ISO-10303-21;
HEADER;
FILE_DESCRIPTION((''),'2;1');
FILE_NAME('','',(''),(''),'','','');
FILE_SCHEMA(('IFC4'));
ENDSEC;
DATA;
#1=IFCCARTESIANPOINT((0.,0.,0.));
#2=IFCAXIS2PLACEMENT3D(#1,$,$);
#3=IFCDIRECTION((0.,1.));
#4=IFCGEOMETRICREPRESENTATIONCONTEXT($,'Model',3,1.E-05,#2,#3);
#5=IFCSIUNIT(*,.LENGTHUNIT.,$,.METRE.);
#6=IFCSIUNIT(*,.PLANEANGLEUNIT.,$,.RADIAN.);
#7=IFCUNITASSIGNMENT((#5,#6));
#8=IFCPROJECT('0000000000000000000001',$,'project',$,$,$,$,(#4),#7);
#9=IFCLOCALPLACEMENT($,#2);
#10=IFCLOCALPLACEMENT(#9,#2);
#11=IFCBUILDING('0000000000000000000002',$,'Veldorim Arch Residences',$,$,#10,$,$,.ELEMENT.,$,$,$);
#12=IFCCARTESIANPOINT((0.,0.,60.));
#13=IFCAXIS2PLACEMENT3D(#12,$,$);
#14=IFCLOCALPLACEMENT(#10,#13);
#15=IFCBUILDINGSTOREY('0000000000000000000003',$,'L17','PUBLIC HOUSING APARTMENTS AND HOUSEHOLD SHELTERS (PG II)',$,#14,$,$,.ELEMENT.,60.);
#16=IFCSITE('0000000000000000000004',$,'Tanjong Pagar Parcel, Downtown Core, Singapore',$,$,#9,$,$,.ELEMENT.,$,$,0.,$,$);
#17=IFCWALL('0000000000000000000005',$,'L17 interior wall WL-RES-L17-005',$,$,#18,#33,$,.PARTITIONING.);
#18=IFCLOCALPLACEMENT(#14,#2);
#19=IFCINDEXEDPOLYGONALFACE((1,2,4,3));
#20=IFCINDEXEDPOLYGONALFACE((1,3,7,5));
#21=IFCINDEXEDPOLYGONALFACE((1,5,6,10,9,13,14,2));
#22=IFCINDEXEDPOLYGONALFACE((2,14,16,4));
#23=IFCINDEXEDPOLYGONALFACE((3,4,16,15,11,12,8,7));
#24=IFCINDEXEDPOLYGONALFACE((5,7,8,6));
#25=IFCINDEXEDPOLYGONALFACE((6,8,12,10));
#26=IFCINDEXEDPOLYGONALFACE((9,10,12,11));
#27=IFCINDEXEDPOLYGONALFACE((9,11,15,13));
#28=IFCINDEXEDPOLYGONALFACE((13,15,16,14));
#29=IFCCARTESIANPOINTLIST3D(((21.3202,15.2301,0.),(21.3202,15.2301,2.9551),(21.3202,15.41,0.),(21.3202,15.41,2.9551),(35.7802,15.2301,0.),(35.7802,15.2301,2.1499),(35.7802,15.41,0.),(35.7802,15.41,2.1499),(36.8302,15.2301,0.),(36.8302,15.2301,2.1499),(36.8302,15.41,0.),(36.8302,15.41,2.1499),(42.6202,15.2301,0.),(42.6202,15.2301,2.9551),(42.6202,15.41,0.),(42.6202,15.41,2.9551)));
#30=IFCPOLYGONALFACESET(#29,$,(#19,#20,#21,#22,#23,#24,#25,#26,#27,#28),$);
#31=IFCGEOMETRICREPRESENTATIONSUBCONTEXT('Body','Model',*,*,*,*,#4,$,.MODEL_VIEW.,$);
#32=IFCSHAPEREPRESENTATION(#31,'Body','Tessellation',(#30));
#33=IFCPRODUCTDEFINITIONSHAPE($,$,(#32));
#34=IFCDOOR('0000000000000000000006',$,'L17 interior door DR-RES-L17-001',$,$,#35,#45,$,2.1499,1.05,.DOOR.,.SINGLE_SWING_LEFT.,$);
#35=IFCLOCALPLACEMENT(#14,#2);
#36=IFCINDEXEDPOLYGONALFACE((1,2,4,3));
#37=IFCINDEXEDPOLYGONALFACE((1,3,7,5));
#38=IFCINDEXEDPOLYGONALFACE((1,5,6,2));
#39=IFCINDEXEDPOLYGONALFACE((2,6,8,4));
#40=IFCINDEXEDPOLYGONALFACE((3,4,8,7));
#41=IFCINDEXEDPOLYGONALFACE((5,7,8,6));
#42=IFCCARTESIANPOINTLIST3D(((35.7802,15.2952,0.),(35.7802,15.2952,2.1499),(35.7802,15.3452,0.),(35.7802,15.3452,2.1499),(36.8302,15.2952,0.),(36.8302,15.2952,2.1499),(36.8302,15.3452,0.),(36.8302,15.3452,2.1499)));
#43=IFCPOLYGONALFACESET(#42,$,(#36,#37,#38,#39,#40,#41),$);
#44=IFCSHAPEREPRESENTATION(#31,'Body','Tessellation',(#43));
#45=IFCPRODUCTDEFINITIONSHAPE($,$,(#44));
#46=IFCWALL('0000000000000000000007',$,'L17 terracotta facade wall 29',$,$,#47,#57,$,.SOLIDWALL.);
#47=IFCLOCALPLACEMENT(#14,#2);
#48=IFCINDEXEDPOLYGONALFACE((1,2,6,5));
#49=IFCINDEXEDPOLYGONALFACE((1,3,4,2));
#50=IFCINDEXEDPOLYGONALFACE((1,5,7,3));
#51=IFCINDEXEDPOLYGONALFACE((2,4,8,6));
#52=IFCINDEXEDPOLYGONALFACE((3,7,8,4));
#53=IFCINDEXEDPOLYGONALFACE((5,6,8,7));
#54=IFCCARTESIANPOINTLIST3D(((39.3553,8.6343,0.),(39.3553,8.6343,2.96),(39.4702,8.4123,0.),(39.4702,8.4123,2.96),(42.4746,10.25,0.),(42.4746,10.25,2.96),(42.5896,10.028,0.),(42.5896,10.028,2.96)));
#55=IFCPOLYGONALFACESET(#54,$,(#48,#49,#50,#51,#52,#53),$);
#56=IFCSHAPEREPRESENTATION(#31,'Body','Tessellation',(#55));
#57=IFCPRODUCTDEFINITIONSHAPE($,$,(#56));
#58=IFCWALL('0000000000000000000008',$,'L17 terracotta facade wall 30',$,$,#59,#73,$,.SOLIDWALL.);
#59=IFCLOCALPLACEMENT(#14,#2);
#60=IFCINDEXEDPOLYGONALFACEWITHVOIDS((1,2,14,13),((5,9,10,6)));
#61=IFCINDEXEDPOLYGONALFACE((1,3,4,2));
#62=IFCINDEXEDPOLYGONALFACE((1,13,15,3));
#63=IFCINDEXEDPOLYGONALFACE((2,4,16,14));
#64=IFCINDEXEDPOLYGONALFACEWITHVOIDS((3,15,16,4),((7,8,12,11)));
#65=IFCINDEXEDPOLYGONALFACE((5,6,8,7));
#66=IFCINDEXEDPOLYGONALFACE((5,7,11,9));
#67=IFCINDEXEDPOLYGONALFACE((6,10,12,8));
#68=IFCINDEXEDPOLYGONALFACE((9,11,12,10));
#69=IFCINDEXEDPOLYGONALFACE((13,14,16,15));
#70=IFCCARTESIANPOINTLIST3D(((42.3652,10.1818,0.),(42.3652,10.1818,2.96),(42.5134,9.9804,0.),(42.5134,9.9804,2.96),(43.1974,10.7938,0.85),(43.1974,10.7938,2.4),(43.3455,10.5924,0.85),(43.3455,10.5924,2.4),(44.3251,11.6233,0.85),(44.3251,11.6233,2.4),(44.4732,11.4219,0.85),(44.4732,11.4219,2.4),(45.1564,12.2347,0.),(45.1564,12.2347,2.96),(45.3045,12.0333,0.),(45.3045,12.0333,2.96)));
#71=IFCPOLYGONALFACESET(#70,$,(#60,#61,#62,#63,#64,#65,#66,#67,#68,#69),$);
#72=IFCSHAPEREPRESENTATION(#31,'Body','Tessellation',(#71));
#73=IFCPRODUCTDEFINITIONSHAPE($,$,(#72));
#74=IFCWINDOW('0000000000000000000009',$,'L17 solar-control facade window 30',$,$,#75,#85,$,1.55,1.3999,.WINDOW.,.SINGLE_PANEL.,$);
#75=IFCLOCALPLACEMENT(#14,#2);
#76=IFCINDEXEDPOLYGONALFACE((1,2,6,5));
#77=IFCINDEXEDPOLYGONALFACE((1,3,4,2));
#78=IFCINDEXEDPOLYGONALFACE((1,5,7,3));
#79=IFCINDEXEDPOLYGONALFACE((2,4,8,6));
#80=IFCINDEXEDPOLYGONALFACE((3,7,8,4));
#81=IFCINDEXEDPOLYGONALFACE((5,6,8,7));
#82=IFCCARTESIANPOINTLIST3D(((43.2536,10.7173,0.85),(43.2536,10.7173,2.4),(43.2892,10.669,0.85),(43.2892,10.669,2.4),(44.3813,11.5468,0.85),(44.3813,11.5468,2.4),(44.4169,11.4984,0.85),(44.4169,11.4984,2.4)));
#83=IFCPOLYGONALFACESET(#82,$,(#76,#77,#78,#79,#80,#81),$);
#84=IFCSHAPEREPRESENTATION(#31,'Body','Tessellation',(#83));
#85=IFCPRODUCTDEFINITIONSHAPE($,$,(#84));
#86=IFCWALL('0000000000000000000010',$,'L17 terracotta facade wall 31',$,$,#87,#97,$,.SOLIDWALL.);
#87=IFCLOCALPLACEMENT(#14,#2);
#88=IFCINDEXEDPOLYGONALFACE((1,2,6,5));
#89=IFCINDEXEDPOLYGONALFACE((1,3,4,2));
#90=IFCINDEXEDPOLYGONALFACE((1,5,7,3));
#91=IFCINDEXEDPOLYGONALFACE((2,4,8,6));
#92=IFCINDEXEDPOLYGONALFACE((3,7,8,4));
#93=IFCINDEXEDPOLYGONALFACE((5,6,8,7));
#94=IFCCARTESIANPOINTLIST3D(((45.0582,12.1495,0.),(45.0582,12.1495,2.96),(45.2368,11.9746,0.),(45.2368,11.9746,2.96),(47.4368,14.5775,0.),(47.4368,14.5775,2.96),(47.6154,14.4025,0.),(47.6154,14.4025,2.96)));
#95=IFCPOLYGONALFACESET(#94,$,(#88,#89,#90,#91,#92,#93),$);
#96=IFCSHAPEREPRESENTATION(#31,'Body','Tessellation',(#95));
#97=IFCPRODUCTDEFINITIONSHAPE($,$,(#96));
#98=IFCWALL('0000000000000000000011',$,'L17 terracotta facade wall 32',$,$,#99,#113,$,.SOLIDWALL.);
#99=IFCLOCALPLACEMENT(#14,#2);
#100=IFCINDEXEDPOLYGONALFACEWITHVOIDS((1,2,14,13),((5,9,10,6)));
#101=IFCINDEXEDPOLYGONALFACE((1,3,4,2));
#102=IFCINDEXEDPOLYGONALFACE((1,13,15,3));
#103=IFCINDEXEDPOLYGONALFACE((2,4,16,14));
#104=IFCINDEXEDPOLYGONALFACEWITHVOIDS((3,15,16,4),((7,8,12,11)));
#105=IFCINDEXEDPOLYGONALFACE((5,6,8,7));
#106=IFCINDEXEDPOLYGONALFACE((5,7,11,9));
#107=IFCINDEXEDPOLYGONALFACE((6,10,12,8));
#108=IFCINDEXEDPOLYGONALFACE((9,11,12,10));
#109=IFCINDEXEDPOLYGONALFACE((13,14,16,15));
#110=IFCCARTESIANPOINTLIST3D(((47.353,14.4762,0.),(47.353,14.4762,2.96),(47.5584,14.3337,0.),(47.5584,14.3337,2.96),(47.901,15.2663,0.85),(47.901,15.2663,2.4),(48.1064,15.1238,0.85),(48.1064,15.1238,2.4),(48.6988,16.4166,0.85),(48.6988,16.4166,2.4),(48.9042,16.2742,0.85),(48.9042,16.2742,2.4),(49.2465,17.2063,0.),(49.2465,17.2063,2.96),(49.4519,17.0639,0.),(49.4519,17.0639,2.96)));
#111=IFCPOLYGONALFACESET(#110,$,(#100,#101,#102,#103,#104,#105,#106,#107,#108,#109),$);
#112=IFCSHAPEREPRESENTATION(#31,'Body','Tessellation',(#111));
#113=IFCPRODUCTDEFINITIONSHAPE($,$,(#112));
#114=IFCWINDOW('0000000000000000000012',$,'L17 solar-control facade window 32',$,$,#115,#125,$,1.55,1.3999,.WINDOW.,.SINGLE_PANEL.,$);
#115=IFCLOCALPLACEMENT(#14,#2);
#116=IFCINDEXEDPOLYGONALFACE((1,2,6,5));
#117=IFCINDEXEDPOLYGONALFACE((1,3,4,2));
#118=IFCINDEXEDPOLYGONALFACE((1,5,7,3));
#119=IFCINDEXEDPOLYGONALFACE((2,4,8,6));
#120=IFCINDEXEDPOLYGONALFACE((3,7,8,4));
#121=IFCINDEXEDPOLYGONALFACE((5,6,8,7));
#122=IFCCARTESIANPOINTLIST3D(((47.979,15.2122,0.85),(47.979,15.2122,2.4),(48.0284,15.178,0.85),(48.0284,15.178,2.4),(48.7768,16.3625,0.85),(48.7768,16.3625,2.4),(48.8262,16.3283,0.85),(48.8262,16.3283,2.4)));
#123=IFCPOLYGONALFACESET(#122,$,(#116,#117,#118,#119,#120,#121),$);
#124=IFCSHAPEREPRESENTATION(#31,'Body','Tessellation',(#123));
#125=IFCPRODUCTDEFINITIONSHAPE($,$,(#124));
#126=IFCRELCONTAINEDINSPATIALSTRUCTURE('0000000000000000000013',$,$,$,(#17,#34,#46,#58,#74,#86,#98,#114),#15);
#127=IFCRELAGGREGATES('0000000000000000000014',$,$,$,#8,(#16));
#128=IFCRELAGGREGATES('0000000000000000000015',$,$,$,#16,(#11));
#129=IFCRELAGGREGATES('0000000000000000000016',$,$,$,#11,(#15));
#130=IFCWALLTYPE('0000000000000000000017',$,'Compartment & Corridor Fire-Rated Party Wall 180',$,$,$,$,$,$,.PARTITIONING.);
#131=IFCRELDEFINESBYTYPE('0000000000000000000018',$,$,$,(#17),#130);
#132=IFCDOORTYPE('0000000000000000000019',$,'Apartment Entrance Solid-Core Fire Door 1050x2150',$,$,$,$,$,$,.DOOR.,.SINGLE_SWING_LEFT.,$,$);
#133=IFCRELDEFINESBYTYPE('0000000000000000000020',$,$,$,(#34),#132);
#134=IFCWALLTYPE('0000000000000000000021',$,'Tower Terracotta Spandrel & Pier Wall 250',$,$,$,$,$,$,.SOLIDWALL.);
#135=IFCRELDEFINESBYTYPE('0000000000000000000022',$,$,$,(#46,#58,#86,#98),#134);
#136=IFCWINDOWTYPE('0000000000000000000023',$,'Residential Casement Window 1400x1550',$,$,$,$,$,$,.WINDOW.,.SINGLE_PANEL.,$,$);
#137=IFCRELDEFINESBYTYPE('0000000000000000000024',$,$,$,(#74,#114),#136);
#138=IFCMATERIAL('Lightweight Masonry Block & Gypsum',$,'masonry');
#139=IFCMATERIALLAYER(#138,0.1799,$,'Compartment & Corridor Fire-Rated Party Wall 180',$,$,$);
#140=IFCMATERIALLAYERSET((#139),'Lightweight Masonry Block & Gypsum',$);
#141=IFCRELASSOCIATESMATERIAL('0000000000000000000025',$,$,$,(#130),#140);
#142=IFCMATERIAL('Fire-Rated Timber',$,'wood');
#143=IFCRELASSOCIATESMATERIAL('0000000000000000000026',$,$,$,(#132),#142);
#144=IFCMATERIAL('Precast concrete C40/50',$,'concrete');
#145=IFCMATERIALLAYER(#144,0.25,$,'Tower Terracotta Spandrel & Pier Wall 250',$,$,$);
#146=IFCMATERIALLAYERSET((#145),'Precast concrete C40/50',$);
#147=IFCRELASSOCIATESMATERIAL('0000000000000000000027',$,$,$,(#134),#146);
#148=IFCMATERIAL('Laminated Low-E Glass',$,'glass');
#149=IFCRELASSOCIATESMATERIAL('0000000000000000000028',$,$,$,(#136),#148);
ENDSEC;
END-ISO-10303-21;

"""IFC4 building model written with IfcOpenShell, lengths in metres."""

from ifc_helpers import new_model, si_unit, direction, frame, frame_2d, origin, place, context, subcontext, project, spatial, rectangle, extrude, material, layer, layer_set, type_object, element, fill, save


model = new_model("IFC4")

# Units and contexts
model_context = context("Model", 3, precision=1e-05, world=origin(), true_north=direction((0.0, 1.0)))
body_context = subcontext(model_context, "Body", "Model", "MODEL_VIEW")
ifc_project = project(units=[si_unit("LENGTHUNIT", "METRE"), si_unit("PLANEANGLEUNIT", "RADIAN")], contexts=[model_context])

# Site, building, storey
site_placement = place(None, origin())
site = spatial("IfcSite", under=ifc_project, at=site_placement, Name="Tanjong Pagar Parcel, Downtown Core, Singapore", CompositionType="ELEMENT", RefElevation=0.0)
building_placement = place(site_placement, origin())
building = spatial("IfcBuilding", under=site, at=building_placement, Name="Veldorim Arch Residences", CompositionType="ELEMENT")
storey_placement = place(building_placement, frame((0.0, 0.0, 60.0)))
storey = spatial("IfcBuildingStorey", under=building, at=storey_placement, Name="L17", Description="PUBLIC HOUSING APARTMENTS AND HOUSEHOLD SHELTERS (PG II)", CompositionType="ELEMENT", Elevation=60.0)

# Shared definitions
ifc_material_1 = material(Name="Lightweight Masonry Block & Gypsum", Category="masonry")
ifc_layer_1 = layer(ifc_material_1, 0.1799, Name="Compartment & Corridor Fire-Rated Party Wall 180")
ifc_layer_set_1 = layer_set([ifc_layer_1], Name="Lightweight Masonry Block & Gypsum")
wall_type_1 = type_object("IfcWallType", Name="Compartment & Corridor Fire-Rated Party Wall 180", PredefinedType="PARTITIONING", material=ifc_layer_set_1)

# Wall, opening, door
wall_1_placement = place(storey_placement, frame((42.6201, 15.3201, 0.0), z_axis=(0.0, 0.0, 1.0), x_axis=(-1.0, 0.0, 0.0)))
wall_1 = element("IfcWall", 1, at=wall_1_placement, inside=storey, type_object=wall_type_1, Name="L17 interior wall WL-RES-L17-005", PredefinedType="PARTITIONING", context=body_context, shape_type="SweptSolid", body=[
    extrude(rectangle(XDim=21.3, YDim=0.1799, at=frame_2d((10.6499, 0.0))), origin(), (0.0, 0.0, 1.0), 2.9551),
])
opening_1_placement = place(wall_1_placement, frame((5.79, 0.0, 0.0)))
opening_1 = element("IfcOpeningElement", 2, at=opening_1_placement, cuts=wall_1, PredefinedType="OPENING", context=body_context, shape_type="SweptSolid", body=[
    extrude(rectangle(XDim=1.05, YDim=2.1499, at=frame_2d((0.5249, 1.075))), frame((0.0, 0.0999, 0.0), z_axis=(0.0, -1.0, 0.0), x_axis=(1.0, 0.0, 0.0)), (0.0, 0.0, 1.0), 0.2),
])
ifc_material_2 = material(Name="Fire-Rated Timber", Category="wood")
door_type = type_object("IfcDoorType", Name="Apartment Entrance Solid-Core Fire Door 1050x2150", OperationType="SINGLE_SWING_LEFT", PredefinedType="DOOR", material=ifc_material_2)
door_placement = place(opening_1_placement, origin())
door = element("IfcDoor", 3, at=door_placement, inside=storey, type_object=door_type, Name="L17 interior door DR-RES-L17-001", OperationType="SINGLE_SWING_LEFT", OverallHeight=2.1499, OverallWidth=1.05, PredefinedType="DOOR", context=body_context, shape_type="SweptSolid", body=[
    extrude(rectangle(XDim=1.05, YDim=2.1499, at=frame_2d((0.5249, 1.075))), frame((0.0, 0.0249, 0.0), z_axis=(0.0, -1.0, 0.0), x_axis=(1.0, 0.0, 0.0)), (0.0, 0.0, 1.0), 0.05),
])
fill(opening_1, door)

# Wall
ifc_material_3 = material(Name="Precast concrete C40/50", Category="concrete")
ifc_layer_2 = layer(ifc_material_3, 0.25, Name="Tower Terracotta Spandrel & Pier Wall 250")
ifc_layer_set_2 = layer_set([ifc_layer_2], Name="Precast concrete C40/50")
wall_type_2 = type_object("IfcWallType", Name="Tower Terracotta Spandrel & Pier Wall 250", PredefinedType="SOLIDWALL", material=ifc_layer_set_2)
wall_2_placement = place(storey_placement, frame((42.532, 10.1389, 0.0), z_axis=(0.0, 0.0, 1.0), x_axis=(-0.887956, -0.459928, 0.0)))
element("IfcWall", 4, at=wall_2_placement, inside=storey, type_object=wall_type_2, Name="L17 terracotta facade wall 29", PredefinedType="SOLIDWALL", context=body_context, shape_type="SweptSolid", body=[
    extrude(rectangle(XDim=3.5129, YDim=0.25, at=frame_2d((1.7563, 0.0))), origin(), (0.0, 0.0, 1.0), 2.96),
])

# Wall, opening, window
wall_3_placement = place(storey_placement, frame((45.2305, 12.134, 0.0), z_axis=(0.0, 0.0, 1.0), x_axis=(-0.805571, -0.592499, 0.0)))
wall_3 = element("IfcWall", 5, at=wall_3_placement, inside=storey, type_object=wall_type_2, Name="L17 terracotta facade wall 30", PredefinedType="SOLIDWALL", context=body_context, shape_type="SweptSolid", body=[
    extrude(rectangle(XDim=3.4648, YDim=0.25, at=frame_2d((1.7324, 0.0))), origin(), (0.0, 0.0, 1.0), 2.96),
])
opening_2_placement = place(wall_3_placement, frame((1.032, 0.0, 0.8501)))
opening_2 = element("IfcOpeningElement", 6, at=opening_2_placement, cuts=wall_3, PredefinedType="OPENING", context=body_context, shape_type="SweptSolid", body=[
    extrude(rectangle(XDim=1.3999, YDim=1.55, at=frame_2d((0.7, 0.7749))), frame((0.0, 0.135, 0.0), z_axis=(0.0, -1.0, 0.0), x_axis=(1.0, 0.0, 0.0)), (0.0, 0.0, 1.0), 0.27),
])
ifc_material_4 = material(Name="Laminated Low-E Glass", Category="glass")
window_type = type_object("IfcWindowType", Name="Residential Casement Window 1400x1550", PartitioningType="SINGLE_PANEL", PredefinedType="WINDOW", material=ifc_material_4)
window_1_placement = place(opening_2_placement, origin())
window_1 = element("IfcWindow", 7, at=window_1_placement, inside=storey, type_object=window_type, Name="L17 solar-control facade window 30", OverallHeight=1.55, OverallWidth=1.3999, PartitioningType="SINGLE_PANEL", PredefinedType="WINDOW", context=body_context, shape_type="SweptSolid", body=[
    extrude(rectangle(XDim=1.3999, YDim=1.55, at=frame_2d((0.7, 0.7749))), frame((0.0, 0.03, 0.0), z_axis=(0.0, -1.0, 0.0), x_axis=(1.0, 0.0, 0.0)), (0.0, 0.0, 1.0), 0.0601),
])
fill(opening_2, window_1)

# Wall
wall_4_placement = place(storey_placement, frame((47.5261, 14.49, 0.0), z_axis=(0.0, 0.0, 1.0), x_axis=(-0.699815, -0.714324, 0.0)))
element("IfcWall", 8, at=wall_4_placement, inside=storey, type_object=wall_type_2, Name="L17 terracotta facade wall 31", PredefinedType="SOLIDWALL", context=body_context, shape_type="SweptSolid", body=[
    extrude(rectangle(XDim=3.3989, YDim=0.25, at=frame_2d((1.6995, 0.0))), origin(), (0.0, 0.0, 1.0), 2.96),
])

# Wall, opening, window
wall_5_placement = place(storey_placement, frame((49.3491, 17.135, 0.0), z_axis=(0.0, 0.0, 1.0), x_axis=(-0.569901, -0.821713, 0.0)))
wall_5 = element("IfcWall", 9, at=wall_5_placement, inside=storey, type_object=wall_type_2, Name="L17 terracotta facade wall 32", PredefinedType="SOLIDWALL", context=body_context, shape_type="SweptSolid", body=[
    extrude(rectangle(XDim=3.3225, YDim=0.25, at=frame_2d((1.6611, 0.0))), origin(), (0.0, 0.0, 1.0), 2.96),
])
opening_3_placement = place(wall_5_placement, frame((0.9609, 0.0, 0.8501)))
opening_3 = element("IfcOpeningElement", 10, at=opening_3_placement, cuts=wall_5, PredefinedType="OPENING", context=body_context, shape_type="SweptSolid", body=[
    extrude(rectangle(XDim=1.3999, YDim=1.55, at=frame_2d((0.7, 0.7749))), frame((0.0, 0.135, 0.0), z_axis=(0.0, -1.0, 0.0), x_axis=(1.0, 0.0, 0.0)), (0.0, 0.0, 1.0), 0.27),
])
window_2_placement = place(opening_3_placement, origin())
window_2 = element("IfcWindow", 11, at=window_2_placement, inside=storey, type_object=window_type, Name="L17 solar-control facade window 32", OverallHeight=1.55, OverallWidth=1.3999, PartitioningType="SINGLE_PANEL", PredefinedType="WINDOW", context=body_context, shape_type="SweptSolid", body=[
    extrude(rectangle(XDim=1.3999, YDim=1.55, at=frame_2d((0.7, 0.7749))), frame((0.0, 0.03, 0.0), z_axis=(0.0, -1.0, 0.0), x_axis=(1.0, 0.0, 0.0)), (0.0, 0.0, 1.0), 0.0601),
])
fill(opening_3, window_2)

save(model, "model.ifc")
